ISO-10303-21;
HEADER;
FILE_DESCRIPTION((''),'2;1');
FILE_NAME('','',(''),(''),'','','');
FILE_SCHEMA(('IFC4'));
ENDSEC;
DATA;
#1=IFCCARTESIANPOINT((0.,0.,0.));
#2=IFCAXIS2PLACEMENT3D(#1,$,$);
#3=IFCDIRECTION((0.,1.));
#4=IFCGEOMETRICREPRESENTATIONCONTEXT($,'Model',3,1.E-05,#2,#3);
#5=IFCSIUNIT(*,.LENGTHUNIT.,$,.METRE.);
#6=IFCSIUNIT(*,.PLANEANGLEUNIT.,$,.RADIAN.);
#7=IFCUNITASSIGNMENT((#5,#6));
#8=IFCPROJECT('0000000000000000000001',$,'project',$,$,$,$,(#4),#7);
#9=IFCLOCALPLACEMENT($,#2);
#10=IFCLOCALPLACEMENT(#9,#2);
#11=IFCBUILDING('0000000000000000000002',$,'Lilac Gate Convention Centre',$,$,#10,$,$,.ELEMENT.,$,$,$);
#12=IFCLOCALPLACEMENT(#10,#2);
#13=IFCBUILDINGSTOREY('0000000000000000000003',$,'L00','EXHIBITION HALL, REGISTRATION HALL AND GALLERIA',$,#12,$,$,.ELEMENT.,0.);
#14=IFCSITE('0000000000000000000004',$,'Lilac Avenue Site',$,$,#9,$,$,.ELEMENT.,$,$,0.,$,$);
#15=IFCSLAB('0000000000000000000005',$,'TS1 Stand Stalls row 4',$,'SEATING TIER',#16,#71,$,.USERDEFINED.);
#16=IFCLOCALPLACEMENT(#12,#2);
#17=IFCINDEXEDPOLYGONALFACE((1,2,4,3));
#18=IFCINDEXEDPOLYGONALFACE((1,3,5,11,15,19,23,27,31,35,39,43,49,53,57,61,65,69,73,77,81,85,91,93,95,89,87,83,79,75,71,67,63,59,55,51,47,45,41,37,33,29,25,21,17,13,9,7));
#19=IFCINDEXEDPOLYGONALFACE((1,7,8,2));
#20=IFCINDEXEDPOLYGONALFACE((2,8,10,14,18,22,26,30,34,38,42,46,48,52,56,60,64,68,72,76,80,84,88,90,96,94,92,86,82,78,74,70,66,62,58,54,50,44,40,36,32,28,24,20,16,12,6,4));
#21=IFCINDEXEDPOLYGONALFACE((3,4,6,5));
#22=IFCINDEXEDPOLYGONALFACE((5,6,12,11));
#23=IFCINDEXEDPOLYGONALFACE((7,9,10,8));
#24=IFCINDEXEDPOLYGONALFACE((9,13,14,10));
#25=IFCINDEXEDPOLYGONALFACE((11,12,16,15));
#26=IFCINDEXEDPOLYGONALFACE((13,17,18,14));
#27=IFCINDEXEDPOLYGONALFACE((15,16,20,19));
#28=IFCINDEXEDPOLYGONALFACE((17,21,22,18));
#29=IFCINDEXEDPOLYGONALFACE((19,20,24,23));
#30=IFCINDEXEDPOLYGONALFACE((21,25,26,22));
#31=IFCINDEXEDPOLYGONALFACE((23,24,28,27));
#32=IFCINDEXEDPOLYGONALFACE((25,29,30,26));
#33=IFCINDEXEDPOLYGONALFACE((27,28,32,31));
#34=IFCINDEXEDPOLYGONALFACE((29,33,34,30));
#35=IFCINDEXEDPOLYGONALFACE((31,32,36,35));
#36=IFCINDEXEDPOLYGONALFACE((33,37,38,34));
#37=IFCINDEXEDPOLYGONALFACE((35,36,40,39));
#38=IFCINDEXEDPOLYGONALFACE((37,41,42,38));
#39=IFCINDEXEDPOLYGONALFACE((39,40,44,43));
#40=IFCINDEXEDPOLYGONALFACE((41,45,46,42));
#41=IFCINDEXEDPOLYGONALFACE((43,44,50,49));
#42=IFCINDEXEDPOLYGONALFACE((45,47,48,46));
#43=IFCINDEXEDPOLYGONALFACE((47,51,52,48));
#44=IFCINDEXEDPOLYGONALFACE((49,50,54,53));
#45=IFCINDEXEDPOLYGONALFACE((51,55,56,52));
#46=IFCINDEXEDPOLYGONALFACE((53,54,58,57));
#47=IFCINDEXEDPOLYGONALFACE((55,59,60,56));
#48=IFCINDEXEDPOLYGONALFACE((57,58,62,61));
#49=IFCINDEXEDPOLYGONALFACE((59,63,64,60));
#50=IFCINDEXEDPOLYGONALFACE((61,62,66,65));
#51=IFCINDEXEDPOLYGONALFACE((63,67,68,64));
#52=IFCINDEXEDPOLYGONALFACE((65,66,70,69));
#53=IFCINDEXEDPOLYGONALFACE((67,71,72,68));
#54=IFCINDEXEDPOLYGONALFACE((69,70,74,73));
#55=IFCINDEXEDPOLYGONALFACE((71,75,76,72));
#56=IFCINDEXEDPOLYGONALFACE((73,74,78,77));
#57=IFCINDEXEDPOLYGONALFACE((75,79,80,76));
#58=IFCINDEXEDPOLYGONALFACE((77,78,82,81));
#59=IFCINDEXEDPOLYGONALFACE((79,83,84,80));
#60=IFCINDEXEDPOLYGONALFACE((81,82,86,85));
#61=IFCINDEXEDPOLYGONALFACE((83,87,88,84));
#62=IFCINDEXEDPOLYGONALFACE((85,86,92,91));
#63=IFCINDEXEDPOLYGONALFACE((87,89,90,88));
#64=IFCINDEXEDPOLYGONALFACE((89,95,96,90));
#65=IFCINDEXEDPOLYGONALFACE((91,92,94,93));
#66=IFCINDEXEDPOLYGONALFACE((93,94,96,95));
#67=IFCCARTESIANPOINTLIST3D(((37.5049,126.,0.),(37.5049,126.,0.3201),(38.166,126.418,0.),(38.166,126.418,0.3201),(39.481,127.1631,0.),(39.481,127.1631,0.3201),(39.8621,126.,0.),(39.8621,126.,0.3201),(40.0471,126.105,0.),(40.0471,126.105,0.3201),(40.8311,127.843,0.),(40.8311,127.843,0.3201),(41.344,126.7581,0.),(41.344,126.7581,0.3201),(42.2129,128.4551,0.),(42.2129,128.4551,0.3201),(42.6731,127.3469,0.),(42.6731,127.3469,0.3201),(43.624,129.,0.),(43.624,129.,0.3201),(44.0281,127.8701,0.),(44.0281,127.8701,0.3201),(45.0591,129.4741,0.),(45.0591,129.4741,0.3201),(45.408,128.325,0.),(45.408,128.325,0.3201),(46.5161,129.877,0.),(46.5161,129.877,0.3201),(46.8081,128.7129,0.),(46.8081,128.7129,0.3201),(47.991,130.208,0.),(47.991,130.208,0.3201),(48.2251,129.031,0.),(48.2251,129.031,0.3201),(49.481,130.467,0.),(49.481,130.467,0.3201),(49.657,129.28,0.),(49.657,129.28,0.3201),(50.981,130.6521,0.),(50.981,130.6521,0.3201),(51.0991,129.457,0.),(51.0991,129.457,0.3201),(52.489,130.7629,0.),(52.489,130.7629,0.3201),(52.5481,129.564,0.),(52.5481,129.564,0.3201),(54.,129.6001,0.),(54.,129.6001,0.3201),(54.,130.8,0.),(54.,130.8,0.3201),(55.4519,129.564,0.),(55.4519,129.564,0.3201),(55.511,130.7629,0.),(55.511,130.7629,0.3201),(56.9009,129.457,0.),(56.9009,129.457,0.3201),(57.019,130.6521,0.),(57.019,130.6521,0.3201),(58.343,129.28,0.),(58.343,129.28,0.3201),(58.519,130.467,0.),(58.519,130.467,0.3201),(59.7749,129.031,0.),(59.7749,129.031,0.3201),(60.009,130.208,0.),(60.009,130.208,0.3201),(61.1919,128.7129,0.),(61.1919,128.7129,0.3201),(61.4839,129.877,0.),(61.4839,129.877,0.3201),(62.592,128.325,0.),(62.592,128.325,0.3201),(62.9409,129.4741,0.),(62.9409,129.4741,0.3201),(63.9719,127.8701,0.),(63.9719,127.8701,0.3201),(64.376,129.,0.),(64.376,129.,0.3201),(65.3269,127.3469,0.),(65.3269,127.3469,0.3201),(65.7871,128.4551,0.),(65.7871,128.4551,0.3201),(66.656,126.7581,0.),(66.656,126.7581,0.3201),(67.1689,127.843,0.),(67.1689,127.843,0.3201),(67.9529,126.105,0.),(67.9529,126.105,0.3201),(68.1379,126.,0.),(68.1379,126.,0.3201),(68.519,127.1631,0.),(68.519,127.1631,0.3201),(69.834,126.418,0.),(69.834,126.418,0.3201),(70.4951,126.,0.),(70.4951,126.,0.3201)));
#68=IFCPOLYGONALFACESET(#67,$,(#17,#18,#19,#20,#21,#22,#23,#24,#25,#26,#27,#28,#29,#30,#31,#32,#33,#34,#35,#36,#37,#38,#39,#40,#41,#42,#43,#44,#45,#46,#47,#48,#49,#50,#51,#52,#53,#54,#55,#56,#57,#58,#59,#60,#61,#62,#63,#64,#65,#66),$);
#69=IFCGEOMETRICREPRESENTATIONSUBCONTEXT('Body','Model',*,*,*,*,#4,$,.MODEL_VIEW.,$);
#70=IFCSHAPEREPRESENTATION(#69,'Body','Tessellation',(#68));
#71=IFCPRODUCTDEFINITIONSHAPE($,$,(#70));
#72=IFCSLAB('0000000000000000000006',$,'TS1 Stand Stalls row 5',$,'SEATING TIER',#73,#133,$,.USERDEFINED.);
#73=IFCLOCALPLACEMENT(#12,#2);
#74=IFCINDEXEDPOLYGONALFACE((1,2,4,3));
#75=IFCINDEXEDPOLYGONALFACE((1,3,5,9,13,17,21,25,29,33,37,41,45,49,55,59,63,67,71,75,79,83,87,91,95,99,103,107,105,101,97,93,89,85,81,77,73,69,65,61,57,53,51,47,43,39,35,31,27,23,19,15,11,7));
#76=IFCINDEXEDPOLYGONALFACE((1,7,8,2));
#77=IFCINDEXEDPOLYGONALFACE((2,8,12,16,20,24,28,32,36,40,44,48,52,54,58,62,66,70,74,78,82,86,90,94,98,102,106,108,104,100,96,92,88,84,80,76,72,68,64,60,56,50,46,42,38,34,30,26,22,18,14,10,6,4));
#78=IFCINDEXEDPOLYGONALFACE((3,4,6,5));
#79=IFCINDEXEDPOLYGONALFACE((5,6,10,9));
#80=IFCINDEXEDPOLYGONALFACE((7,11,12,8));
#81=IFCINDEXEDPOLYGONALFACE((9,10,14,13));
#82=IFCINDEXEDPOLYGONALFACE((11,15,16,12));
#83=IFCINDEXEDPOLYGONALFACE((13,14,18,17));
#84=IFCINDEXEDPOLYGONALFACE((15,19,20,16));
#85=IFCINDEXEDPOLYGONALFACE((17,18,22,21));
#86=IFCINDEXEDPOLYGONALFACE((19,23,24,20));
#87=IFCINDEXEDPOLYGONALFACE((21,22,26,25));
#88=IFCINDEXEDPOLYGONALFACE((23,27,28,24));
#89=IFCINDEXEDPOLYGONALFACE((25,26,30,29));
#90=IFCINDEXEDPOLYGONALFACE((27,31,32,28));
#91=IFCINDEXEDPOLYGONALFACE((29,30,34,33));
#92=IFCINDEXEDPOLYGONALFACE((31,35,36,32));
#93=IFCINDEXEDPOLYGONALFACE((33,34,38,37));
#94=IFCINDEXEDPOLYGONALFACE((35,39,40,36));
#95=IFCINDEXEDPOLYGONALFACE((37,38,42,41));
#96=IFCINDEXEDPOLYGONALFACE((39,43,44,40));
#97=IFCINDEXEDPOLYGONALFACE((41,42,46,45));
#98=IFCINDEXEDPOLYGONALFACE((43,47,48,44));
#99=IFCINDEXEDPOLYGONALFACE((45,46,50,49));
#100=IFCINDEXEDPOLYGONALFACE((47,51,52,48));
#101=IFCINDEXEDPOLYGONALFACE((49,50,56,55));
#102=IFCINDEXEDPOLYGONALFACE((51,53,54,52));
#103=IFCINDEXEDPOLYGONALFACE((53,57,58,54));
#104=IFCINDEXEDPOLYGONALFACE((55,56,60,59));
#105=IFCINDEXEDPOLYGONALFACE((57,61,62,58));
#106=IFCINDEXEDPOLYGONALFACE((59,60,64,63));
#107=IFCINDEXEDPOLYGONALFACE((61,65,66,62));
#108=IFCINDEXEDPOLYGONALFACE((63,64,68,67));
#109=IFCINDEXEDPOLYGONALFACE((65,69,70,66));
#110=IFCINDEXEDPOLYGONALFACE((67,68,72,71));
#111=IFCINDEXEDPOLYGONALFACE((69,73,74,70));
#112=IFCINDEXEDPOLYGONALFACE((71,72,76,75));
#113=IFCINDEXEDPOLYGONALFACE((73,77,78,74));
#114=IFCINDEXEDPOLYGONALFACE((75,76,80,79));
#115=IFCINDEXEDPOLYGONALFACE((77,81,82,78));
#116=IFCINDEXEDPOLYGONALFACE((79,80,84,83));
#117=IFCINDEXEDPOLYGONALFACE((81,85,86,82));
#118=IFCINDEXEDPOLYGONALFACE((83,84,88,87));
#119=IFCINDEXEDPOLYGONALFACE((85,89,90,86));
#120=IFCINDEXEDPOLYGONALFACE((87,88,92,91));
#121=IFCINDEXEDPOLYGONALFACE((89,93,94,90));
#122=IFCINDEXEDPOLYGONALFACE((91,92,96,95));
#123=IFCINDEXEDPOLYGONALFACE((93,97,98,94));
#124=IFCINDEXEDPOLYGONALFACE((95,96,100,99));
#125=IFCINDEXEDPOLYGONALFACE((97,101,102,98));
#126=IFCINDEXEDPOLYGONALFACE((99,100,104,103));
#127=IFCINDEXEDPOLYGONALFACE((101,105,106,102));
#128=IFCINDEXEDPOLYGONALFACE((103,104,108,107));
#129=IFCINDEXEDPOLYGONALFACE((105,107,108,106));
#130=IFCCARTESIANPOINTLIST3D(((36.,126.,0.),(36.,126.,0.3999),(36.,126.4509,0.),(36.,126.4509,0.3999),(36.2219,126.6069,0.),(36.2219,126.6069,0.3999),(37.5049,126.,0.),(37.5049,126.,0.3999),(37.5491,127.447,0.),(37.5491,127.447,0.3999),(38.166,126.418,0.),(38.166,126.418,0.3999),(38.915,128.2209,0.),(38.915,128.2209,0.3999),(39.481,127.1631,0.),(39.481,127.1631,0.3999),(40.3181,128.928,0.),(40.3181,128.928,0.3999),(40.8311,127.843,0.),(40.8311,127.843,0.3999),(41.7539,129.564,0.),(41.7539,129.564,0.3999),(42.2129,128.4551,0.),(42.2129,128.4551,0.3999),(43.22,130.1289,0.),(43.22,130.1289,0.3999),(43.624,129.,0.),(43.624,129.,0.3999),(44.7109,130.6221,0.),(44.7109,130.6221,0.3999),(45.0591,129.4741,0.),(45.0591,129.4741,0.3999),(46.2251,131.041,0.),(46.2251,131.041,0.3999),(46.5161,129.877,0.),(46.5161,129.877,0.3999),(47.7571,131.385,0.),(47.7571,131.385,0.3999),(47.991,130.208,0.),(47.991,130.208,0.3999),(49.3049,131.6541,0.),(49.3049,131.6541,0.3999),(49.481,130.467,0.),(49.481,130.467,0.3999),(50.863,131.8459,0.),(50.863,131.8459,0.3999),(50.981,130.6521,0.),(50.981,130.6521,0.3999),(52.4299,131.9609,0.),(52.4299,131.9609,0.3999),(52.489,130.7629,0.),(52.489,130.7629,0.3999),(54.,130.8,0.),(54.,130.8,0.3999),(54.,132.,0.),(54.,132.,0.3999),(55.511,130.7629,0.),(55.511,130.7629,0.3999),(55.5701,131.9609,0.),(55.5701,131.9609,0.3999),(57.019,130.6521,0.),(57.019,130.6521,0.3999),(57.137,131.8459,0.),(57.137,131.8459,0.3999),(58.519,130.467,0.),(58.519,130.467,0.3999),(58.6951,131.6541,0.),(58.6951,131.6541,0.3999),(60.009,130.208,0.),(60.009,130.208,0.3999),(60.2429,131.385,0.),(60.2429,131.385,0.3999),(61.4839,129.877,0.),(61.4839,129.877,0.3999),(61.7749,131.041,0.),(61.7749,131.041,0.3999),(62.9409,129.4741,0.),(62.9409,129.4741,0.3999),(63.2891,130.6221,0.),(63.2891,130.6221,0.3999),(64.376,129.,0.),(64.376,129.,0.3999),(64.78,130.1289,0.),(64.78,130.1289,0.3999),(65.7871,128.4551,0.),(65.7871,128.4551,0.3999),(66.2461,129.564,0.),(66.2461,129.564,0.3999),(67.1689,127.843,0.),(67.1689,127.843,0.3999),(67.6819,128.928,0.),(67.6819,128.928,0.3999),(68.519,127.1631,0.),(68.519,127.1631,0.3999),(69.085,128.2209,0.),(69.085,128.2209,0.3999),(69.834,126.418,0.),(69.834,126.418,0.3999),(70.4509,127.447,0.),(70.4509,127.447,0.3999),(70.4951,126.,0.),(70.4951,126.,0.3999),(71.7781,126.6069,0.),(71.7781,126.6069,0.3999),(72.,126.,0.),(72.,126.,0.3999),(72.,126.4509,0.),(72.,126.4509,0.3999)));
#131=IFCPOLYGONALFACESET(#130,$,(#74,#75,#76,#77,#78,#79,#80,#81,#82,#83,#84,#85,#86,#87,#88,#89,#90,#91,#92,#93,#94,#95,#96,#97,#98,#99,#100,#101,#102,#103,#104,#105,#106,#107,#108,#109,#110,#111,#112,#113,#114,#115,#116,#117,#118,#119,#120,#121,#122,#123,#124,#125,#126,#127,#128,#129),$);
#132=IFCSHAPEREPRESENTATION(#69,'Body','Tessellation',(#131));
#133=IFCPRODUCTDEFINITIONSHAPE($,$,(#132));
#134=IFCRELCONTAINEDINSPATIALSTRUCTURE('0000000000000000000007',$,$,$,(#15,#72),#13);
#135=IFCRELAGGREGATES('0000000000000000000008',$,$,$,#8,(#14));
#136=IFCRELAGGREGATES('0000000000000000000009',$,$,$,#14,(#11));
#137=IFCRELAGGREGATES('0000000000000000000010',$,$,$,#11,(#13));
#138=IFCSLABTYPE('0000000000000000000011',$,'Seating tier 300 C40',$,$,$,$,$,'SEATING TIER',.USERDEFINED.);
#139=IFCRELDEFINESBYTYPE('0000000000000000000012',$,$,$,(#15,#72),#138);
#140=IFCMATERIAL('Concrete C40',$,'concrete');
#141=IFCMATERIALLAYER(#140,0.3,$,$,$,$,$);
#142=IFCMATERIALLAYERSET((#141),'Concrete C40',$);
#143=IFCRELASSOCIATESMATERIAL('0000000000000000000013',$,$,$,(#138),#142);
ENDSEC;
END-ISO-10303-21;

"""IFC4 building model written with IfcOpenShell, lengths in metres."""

from ifc_helpers import new_model, si_unit, direction, origin, place, context, subcontext, project, spatial, polyline, outline, extrude, material, layer, layer_set, type_object, element, save


model = new_model("IFC4")

# Units and contexts
model_context = context("Model", 3, precision=1e-05, world=origin(), true_north=direction((0.0, 1.0)))
body_context = subcontext(model_context, "Body", "Model", "MODEL_VIEW")
ifc_project = project(units=[si_unit("LENGTHUNIT", "METRE"), si_unit("PLANEANGLEUNIT", "RADIAN")], contexts=[model_context])

# Site, building, storey
site_placement = place(None, origin())
site = spatial("IfcSite", under=ifc_project, at=site_placement, Name="Lilac Avenue Site", CompositionType="ELEMENT", RefElevation=0.0)
building_placement = place(site_placement, origin())
building = spatial("IfcBuilding", under=site, at=building_placement, Name="Lilac Gate Convention Centre", CompositionType="ELEMENT")
storey_placement = place(building_placement, origin())
storey = spatial("IfcBuildingStorey", under=building, at=storey_placement, Name="L00", Description="EXHIBITION HALL, REGISTRATION HALL AND GALLERIA", CompositionType="ELEMENT", Elevation=0.0)

# Slabs
ifc_material_1 = material(Name="Concrete C40", Category="concrete")
ifc_layer_1 = layer(ifc_material_1, 0.3)
ifc_layer_set_1 = layer_set([ifc_layer_1], Name="Concrete C40")
slab_type_1 = type_object("IfcSlabType", Name="Seating tier 300 C40", ElementType="SEATING TIER", PredefinedType="USERDEFINED", material=ifc_layer_set_1)
slab_1_placement = place(storey_placement, origin())
element("IfcSlab", 1, at=slab_1_placement, inside=storey, type_object=slab_type_1, Name="TS1 Stand Stalls row 4", ObjectType="SEATING TIER", PredefinedType="USERDEFINED", context=body_context, shape_type="SweptSolid", body=[
    extrude(outline(polyline([(38.166, 126.418), (39.481, 127.1631), (40.8311, 127.843), (42.2129, 128.4551), (43.624, 129.0), (45.0591, 129.4741), (46.5161, 129.877), (47.991, 130.208), (49.481, 130.467), (50.981, 130.6521), (52.489, 130.7629), (54.0, 130.8), (55.511, 130.7629), (57.019, 130.6521), (58.519, 130.467), (60.009, 130.208), (61.4839, 129.877), (62.9409, 129.4741), (64.376, 129.0), (65.7871, 128.4551), (67.1689, 127.843), (68.519, 127.1631), (69.834, 126.418), (70.4951, 126.0), (68.1379, 126.0), (67.9529, 126.105), (66.656, 126.7581), (65.3269, 127.3469), (63.9719, 127.8701), (62.592, 128.325), (61.1919, 128.7129), (59.7749, 129.031), (58.343, 129.28), (56.9009, 129.457), (55.4519, 129.564), (54.0, 129.6001), (52.5481, 129.564), (51.0991, 129.457), (49.657, 129.28), (48.2251, 129.031), (46.8081, 128.7129), (45.408, 128.325), (44.0281, 127.8701), (42.6731, 127.3469), (41.344, 126.7581), (40.0471, 126.105), (39.8621, 126.0), (37.5049, 126.0), (38.166, 126.418)])), origin(), (0.0, 0.0, 1.0), 0.3201),
])
slab_2_placement = place(storey_placement, origin())
element("IfcSlab", 2, at=slab_2_placement, inside=storey, type_object=slab_type_1, Name="TS1 Stand Stalls row 5", ObjectType="SEATING TIER", PredefinedType="USERDEFINED", context=body_context, shape_type="SweptSolid", body=[
    extrude(outline(polyline([(36.2219, 126.6069), (37.5491, 127.447), (38.915, 128.2209), (40.3181, 128.928), (41.7539, 129.564), (43.22, 130.1289), (44.7109, 130.6221), (46.2251, 131.041), (47.7571, 131.385), (49.3049, 131.6541), (50.863, 131.8459), (52.4299, 131.9609), (54.0, 132.0), (55.5701, 131.9609), (57.137, 131.8459), (58.6951, 131.6541), (60.2429, 131.385), (61.7749, 131.041), (63.2891, 130.6221), (64.78, 130.1289), (66.2461, 129.564), (67.6819, 128.928), (69.085, 128.2209), (70.4509, 127.447), (71.7781, 126.6069), (72.0, 126.4509), (72.0, 126.0), (70.4951, 126.0), (69.834, 126.418), (68.519, 127.1631), (67.1689, 127.843), (65.7871, 128.4551), (64.376, 129.0), (62.9409, 129.4741), (61.4839, 129.877), (60.009, 130.208), (58.519, 130.467), (57.019, 130.6521), (55.511, 130.7629), (54.0, 130.8), (52.489, 130.7629), (50.981, 130.6521), (49.481, 130.467), (47.991, 130.208), (46.5161, 129.877), (45.0591, 129.4741), (43.624, 129.0), (42.2129, 128.4551), (40.8311, 127.843), (39.481, 127.1631), (38.166, 126.418), (37.5049, 126.0), (36.0, 126.0), (36.0, 126.4509), (36.2219, 126.6069)])), origin(), (0.0, 0.0, 1.0), 0.3999),
])

save(model, "model.ifc")
